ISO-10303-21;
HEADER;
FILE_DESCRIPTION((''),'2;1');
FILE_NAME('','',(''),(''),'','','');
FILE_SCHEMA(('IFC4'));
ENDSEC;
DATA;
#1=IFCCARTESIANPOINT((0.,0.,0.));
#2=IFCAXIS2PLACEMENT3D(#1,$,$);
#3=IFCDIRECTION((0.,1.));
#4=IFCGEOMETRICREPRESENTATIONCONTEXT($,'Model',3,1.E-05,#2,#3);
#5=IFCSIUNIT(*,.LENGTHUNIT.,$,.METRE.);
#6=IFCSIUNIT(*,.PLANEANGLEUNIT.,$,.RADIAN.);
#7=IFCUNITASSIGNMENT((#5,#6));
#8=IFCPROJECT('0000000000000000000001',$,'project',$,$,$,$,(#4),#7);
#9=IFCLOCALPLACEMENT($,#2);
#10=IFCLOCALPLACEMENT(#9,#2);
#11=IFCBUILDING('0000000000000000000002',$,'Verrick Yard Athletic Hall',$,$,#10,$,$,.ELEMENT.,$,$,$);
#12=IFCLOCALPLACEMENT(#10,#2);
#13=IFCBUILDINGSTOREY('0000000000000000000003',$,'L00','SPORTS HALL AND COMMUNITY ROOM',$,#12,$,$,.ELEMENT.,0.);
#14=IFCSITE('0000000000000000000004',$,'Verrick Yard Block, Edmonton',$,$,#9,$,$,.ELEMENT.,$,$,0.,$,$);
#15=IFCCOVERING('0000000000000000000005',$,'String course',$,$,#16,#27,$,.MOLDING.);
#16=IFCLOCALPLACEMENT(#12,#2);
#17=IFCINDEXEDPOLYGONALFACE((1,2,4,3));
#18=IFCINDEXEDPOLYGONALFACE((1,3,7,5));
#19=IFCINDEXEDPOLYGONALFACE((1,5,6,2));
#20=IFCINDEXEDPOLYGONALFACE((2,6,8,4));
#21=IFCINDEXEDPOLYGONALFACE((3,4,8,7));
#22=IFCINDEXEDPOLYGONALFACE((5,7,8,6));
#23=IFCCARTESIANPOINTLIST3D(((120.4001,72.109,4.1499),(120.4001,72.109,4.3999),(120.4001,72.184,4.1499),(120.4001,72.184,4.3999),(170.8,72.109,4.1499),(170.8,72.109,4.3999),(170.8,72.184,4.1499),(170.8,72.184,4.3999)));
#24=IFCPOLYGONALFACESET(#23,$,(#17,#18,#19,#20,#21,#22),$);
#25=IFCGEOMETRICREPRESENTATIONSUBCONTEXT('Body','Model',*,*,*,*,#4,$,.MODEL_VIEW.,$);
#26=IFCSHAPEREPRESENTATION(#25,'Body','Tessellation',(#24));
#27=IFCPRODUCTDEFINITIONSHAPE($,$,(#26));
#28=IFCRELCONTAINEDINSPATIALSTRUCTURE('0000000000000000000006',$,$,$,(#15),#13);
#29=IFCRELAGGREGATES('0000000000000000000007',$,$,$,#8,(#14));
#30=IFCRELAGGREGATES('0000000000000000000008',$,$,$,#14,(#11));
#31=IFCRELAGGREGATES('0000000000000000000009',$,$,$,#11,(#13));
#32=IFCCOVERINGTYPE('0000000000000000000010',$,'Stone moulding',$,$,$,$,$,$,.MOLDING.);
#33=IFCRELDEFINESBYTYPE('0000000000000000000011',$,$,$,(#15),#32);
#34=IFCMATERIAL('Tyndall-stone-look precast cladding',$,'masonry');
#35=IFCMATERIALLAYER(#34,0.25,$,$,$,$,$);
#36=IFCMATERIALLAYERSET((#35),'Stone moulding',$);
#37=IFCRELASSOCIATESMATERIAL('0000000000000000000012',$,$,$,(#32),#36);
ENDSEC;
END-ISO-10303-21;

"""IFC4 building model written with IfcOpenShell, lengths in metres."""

from ifc_helpers import new_model, si_unit, direction, frame, origin, origin_2d, place, context, subcontext, project, spatial, rectangle, extrude, material, layer, layer_set, type_object, element, save


model = new_model("IFC4")

# Units and contexts
model_context = context("Model", 3, precision=1e-05, world=origin(), true_north=direction((0.0, 1.0)))
body_context = subcontext(model_context, "Body", "Model", "MODEL_VIEW")
ifc_project = project(units=[si_unit("LENGTHUNIT", "METRE"), si_unit("PLANEANGLEUNIT", "RADIAN")], contexts=[model_context])

# Site, building, storey
site_placement = place(None, origin())
site = spatial("IfcSite", under=ifc_project, at=site_placement, Name="Verrick Yard Block, Edmonton", CompositionType="ELEMENT", RefElevation=0.0)
building_placement = place(site_placement, origin())
building = spatial("IfcBuilding", under=site, at=building_placement, Name="Verrick Yard Athletic Hall", CompositionType="ELEMENT")
storey_placement = place(building_placement, origin())
storey = spatial("IfcBuildingStorey", under=building, at=storey_placement, Name="L00", Description="SPORTS HALL AND COMMUNITY ROOM", CompositionType="ELEMENT", Elevation=0.0)

# Covering
ifc_material_1 = material(Name="Tyndall-stone-look precast cladding", Category="masonry")
ifc_layer_1 = layer(ifc_material_1, 0.25)
ifc_layer_set_1 = layer_set([ifc_layer_1], Name="Stone moulding")
covering_type_1 = type_object("IfcCoveringType", Name="Stone moulding", PredefinedType="MOLDING", material=ifc_layer_set_1)
covering_1_placement = place(storey_placement, frame((145.6001, 72.1465, 4.1499), z_axis=(0.0, 0.0, 1.0), x_axis=(1.0, 0.0, 0.0)))
element("IfcCovering", 1, at=covering_1_placement, inside=storey, type_object=covering_type_1, Name="String course", PredefinedType="MOLDING", context=body_context, shape_type="SweptSolid", body=[
    extrude(rectangle(XDim=50.3999, YDim=0.075, at=origin_2d()), origin(), (0.0, 0.0, 1.0), 0.25),
])

save(model, "model.ifc")
